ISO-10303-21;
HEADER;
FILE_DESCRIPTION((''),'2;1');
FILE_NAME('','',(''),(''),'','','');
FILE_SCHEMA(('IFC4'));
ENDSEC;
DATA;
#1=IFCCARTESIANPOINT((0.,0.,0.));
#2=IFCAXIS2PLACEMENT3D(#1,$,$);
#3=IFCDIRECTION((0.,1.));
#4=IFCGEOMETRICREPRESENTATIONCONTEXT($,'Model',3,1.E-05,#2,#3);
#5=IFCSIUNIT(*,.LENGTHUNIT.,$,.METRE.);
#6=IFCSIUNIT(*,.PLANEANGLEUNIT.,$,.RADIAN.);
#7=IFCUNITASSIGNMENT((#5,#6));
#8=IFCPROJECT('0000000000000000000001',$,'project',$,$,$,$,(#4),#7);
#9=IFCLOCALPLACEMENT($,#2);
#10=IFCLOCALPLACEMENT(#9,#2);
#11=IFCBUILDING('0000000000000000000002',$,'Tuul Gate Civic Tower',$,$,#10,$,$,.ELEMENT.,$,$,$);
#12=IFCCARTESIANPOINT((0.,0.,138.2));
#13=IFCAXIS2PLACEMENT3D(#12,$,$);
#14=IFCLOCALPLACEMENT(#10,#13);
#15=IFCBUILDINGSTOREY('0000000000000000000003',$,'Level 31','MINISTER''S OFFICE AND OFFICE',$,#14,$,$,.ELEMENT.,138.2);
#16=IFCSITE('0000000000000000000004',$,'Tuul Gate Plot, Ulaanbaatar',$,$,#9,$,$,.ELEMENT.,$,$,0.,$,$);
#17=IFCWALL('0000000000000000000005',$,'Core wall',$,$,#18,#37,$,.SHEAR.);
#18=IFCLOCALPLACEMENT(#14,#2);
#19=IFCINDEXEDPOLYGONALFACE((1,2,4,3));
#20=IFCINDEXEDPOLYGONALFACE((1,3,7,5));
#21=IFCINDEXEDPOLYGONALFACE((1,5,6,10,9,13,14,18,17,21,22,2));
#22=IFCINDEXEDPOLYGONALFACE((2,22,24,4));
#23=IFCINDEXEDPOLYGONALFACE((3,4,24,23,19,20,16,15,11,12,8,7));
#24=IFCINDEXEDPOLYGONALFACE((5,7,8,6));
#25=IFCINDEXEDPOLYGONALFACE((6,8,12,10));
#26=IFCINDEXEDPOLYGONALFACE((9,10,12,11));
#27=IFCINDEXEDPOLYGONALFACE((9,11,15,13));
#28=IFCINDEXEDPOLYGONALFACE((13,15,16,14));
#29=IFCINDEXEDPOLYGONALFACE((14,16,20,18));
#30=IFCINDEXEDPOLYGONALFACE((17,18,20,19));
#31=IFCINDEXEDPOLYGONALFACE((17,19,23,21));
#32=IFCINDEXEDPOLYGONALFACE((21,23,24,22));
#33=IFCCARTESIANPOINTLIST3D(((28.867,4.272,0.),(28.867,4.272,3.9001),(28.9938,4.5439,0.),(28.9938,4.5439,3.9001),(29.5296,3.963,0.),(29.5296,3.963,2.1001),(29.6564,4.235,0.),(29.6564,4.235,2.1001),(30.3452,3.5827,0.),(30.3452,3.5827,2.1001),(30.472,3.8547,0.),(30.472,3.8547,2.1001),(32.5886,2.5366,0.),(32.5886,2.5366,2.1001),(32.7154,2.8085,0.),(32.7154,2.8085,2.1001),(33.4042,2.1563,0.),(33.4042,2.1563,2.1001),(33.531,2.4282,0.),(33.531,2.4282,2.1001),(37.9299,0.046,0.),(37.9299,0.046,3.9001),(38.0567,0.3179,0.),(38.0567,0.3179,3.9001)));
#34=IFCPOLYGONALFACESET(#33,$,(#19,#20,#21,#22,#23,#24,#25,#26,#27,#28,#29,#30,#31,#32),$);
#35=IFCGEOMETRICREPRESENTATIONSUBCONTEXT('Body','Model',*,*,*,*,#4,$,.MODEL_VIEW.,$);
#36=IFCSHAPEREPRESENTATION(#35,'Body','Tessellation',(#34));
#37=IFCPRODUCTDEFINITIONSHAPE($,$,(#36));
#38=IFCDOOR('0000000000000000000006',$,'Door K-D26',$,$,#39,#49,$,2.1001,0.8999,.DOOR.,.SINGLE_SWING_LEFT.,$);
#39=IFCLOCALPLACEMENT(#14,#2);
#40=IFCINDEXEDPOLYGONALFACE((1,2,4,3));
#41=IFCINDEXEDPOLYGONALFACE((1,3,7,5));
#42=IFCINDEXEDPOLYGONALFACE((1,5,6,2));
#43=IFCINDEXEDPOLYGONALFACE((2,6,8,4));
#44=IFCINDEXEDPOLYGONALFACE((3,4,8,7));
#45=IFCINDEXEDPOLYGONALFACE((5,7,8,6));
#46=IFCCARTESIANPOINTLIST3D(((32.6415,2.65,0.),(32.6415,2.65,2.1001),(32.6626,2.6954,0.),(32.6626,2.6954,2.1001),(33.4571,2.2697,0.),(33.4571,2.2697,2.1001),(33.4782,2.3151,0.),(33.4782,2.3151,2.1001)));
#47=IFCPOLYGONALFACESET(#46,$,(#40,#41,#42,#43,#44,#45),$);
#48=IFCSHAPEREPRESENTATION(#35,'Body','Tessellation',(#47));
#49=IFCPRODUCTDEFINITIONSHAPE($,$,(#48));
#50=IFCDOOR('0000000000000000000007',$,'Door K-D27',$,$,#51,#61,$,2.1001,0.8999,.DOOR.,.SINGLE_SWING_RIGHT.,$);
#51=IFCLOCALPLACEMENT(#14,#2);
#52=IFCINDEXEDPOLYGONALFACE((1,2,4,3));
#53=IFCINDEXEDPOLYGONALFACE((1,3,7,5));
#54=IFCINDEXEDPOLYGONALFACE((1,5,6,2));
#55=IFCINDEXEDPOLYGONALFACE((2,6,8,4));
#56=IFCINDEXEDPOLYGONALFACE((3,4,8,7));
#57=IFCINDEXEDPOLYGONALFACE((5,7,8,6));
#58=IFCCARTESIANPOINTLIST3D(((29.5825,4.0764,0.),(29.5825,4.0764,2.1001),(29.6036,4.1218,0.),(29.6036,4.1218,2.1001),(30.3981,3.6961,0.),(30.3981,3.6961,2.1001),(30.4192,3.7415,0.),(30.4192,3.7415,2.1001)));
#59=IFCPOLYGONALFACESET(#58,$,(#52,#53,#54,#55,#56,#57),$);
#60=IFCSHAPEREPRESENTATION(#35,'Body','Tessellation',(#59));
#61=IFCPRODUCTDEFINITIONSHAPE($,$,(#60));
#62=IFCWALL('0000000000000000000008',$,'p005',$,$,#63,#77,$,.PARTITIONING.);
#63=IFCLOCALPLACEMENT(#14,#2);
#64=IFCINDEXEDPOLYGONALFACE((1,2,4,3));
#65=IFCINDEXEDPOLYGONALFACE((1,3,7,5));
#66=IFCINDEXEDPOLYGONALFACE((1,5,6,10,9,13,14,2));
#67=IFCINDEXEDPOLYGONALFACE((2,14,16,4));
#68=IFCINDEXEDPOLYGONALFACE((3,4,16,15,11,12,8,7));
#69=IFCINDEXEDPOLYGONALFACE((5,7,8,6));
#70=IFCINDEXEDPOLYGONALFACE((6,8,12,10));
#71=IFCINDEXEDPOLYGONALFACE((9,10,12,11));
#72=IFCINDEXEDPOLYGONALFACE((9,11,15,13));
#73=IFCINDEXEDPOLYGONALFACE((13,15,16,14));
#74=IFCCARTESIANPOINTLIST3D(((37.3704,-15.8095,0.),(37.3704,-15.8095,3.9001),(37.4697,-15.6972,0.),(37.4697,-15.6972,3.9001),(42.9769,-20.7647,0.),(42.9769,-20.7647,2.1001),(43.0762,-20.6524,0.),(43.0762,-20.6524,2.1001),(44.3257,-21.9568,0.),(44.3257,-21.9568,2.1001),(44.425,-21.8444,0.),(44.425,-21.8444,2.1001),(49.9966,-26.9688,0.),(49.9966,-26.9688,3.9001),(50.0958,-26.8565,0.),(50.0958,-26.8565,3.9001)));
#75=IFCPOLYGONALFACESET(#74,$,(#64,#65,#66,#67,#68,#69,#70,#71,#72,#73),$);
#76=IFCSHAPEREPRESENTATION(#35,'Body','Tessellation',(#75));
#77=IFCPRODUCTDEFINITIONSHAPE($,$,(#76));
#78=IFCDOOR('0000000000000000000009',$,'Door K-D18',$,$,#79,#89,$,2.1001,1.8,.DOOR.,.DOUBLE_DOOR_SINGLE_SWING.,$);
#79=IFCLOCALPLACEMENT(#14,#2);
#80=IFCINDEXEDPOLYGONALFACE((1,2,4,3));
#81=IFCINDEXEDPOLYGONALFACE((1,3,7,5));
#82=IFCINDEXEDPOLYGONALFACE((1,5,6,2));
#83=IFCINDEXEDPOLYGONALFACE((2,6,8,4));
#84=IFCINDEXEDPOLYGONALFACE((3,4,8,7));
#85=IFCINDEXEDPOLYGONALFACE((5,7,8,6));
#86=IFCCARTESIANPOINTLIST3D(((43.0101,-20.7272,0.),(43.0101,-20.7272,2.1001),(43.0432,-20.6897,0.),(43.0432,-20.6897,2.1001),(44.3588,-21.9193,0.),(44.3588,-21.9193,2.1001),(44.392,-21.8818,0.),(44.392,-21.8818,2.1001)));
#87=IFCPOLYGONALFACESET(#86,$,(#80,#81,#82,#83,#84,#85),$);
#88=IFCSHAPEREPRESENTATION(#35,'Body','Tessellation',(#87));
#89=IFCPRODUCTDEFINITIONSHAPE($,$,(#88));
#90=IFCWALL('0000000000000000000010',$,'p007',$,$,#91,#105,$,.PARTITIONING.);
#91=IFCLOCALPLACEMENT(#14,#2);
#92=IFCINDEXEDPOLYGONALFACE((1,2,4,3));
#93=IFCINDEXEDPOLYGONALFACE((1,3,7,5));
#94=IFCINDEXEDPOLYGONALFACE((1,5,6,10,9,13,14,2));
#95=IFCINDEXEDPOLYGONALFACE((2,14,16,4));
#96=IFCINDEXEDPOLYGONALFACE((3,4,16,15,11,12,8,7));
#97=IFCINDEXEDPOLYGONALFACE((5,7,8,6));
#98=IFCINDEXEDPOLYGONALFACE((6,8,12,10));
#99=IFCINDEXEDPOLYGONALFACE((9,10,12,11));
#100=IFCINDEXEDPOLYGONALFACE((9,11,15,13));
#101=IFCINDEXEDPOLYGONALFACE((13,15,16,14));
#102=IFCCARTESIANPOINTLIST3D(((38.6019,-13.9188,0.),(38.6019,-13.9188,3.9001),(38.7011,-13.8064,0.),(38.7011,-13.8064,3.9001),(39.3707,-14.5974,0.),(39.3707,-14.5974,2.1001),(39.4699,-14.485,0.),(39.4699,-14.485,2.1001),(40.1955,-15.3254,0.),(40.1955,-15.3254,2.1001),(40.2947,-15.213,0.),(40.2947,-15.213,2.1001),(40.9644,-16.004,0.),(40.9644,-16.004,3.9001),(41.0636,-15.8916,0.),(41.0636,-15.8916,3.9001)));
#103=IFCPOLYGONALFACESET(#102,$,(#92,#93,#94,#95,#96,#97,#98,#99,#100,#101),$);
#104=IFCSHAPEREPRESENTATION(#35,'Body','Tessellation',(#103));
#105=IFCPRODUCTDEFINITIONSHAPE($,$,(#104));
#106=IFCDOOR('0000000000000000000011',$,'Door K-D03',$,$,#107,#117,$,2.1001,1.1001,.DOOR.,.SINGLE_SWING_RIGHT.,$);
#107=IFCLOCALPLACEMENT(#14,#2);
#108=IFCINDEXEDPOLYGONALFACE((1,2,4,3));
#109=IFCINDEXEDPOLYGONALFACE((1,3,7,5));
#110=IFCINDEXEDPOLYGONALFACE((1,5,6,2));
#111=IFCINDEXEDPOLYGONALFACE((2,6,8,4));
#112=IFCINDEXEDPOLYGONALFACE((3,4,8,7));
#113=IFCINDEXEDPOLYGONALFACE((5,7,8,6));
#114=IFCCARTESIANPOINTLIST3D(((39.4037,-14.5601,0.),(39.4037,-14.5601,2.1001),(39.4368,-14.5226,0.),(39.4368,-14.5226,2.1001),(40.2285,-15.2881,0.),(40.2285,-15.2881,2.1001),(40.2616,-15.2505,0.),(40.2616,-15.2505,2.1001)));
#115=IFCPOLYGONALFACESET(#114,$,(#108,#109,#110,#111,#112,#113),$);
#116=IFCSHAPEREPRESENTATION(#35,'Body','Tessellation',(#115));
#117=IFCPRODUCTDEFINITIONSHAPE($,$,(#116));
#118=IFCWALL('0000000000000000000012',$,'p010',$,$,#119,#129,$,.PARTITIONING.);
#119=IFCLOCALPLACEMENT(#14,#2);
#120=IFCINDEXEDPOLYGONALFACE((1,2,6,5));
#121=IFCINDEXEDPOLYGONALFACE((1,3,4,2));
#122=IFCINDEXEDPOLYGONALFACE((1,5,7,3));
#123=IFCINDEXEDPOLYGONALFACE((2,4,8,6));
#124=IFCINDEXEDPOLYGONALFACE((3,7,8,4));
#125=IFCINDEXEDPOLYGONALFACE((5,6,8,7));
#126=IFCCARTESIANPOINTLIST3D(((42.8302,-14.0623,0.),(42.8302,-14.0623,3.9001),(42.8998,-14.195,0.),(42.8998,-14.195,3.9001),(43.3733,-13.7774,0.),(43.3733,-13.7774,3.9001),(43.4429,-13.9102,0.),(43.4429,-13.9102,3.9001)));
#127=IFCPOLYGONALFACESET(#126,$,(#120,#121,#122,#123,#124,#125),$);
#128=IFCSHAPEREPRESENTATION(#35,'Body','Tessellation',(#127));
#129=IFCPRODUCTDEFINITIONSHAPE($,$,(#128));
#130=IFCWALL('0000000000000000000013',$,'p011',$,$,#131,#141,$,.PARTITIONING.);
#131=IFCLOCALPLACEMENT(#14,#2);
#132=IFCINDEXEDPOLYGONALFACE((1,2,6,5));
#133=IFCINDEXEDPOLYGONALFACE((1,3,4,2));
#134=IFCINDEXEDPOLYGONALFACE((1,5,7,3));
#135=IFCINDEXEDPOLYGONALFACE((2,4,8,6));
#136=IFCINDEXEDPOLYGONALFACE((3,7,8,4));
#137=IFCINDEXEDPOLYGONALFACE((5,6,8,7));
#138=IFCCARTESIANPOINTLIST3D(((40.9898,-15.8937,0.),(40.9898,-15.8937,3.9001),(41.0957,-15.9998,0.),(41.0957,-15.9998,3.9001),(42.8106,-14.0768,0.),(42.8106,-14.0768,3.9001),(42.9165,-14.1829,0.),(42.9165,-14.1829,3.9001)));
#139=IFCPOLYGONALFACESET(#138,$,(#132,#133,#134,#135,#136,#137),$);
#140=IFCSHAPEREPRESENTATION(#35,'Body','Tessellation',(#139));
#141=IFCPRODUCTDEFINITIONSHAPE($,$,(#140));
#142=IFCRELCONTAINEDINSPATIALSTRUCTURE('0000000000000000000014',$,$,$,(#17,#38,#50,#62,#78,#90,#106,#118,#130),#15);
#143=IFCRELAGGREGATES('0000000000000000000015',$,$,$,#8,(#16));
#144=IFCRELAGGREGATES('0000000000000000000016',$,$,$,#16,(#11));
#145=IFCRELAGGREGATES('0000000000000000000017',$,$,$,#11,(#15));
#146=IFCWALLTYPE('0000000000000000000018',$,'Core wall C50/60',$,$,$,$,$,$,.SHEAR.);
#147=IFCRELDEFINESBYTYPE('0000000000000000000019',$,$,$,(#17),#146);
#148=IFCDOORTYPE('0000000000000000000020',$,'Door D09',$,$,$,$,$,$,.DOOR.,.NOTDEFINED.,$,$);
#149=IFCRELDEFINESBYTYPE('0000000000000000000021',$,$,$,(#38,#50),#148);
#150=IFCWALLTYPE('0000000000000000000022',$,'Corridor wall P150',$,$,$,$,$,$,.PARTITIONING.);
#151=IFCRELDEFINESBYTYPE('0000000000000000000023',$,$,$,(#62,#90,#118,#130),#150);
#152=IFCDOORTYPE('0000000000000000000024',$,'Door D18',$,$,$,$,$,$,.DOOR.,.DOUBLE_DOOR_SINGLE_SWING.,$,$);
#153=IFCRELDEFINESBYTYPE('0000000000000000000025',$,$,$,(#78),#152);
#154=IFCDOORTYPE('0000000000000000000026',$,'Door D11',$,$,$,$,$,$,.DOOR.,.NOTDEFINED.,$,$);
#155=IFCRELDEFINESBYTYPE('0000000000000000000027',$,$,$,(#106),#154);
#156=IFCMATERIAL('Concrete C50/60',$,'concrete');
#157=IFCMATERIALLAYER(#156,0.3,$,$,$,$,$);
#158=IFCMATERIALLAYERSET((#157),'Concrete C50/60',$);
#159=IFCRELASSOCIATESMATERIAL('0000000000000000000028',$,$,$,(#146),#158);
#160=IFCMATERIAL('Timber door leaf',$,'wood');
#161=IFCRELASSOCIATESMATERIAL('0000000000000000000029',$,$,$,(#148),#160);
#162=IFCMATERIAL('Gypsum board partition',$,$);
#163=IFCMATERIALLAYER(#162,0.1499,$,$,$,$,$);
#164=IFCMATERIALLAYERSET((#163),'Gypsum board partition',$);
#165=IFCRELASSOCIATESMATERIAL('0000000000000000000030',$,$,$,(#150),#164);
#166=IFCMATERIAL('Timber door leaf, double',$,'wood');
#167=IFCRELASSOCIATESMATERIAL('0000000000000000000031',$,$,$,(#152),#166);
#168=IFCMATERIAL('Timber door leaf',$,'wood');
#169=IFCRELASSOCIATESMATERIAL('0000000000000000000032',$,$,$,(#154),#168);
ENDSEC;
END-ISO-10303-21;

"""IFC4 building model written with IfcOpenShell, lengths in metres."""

from ifc_helpers import new_model, si_unit, direction, frame, frame_2d, origin, place, context, subcontext, project, spatial, rectangle, extrude, material, layer, layer_set, type_object, element, fill, save


model = new_model("IFC4")

# Units and contexts
model_context = context("Model", 3, precision=1e-05, world=origin(), true_north=direction((0.0, 1.0)))
body_context = subcontext(model_context, "Body", "Model", "MODEL_VIEW")
ifc_project = project(units=[si_unit("LENGTHUNIT", "METRE"), si_unit("PLANEANGLEUNIT", "RADIAN")], contexts=[model_context])

# Site, building, storey
site_placement = place(None, origin())
site = spatial("IfcSite", under=ifc_project, at=site_placement, Name="Tuul Gate Plot, Ulaanbaatar", CompositionType="ELEMENT", RefElevation=0.0)
building_placement = place(site_placement, origin())
building = spatial("IfcBuilding", under=site, at=building_placement, Name="Tuul Gate Civic Tower", CompositionType="ELEMENT")
storey_placement = place(building_placement, frame((0.0, 0.0, 138.2)))
storey = spatial("IfcBuildingStorey", under=building, at=storey_placement, Name="Level 31", Description="MINISTER'S OFFICE AND OFFICE", CompositionType="ELEMENT", Elevation=138.2)

# Shared definitions
ifc_material_1 = material(Name="Concrete C50/60", Category="concrete")
ifc_layer_1 = layer(ifc_material_1, 0.3)
ifc_layer_set_1 = layer_set([ifc_layer_1], Name="Concrete C50/60")
wall_type_1 = type_object("IfcWallType", Name="Core wall C50/60", PredefinedType="SHEAR", material=ifc_layer_set_1)

# Wall, openings, doors
wall_1_placement = place(storey_placement, frame((37.9934, 0.1819, 0.0), z_axis=(0.0, 0.0, 1.0), x_axis=(-0.90631, 0.422613, 0.0)))
wall_1 = element("IfcWall", 1, at=wall_1_placement, inside=storey, type_object=wall_type_1, Name="Core wall", PredefinedType="SHEAR", context=body_context, shape_type="SweptSolid", body=[
    extrude(rectangle(XDim=9.9998, YDim=0.3, at=frame_2d((5.0, 0.0))), origin(), (0.0, 0.0, 1.0), 3.9001),
])
opening_1_placement = place(wall_1_placement, frame((4.9937, 0.0, 0.0)))
opening_1 = element("IfcOpeningElement", 2, at=opening_1_placement, cuts=wall_1, PredefinedType="OPENING", context=body_context, shape_type="SweptSolid", body=[
    extrude(rectangle(XDim=0.8999, YDim=2.1001, at=frame_2d((0.45, 1.05))), frame((0.0, 0.1602, 0.0), z_axis=(0.0, -1.0, 0.0), x_axis=(1.0, 0.0, 0.0)), (0.0, 0.0, 1.0), 0.3201),
])
opening_2_placement = place(wall_1_placement, frame((8.3689, 0.0, 0.0)))
opening_2 = element("IfcOpeningElement", 3, at=opening_2_placement, cuts=wall_1, PredefinedType="OPENING", context=body_context, shape_type="SweptSolid", body=[
    extrude(rectangle(XDim=0.8999, YDim=2.1001, at=frame_2d((0.45, 1.05))), frame((0.0, 0.1602, 0.0), z_axis=(0.0, -1.0, 0.0), x_axis=(1.0, 0.0, 0.0)), (0.0, 0.0, 1.0), 0.3201),
])
ifc_material_2 = material(Name="Timber door leaf", Category="wood")
door_type_1 = type_object("IfcDoorType", Name="Door D09", OperationType="NOTDEFINED", PredefinedType="DOOR", material=ifc_material_2)
door_1_placement = place(opening_1_placement, origin())
door_1 = element("IfcDoor", 4, at=door_1_placement, inside=storey, type_object=door_type_1, Name="Door K-D26", OperationType="SINGLE_SWING_LEFT", OverallHeight=2.1001, OverallWidth=0.8999, PredefinedType="DOOR", context=body_context, shape_type="SweptSolid", body=[
    extrude(rectangle(XDim=0.8999, YDim=2.1001, at=frame_2d((0.45, 1.05))), frame((0.0, 0.0249, 0.0), z_axis=(0.0, -1.0, 0.0), x_axis=(1.0, 0.0, 0.0)), (0.0, 0.0, 1.0), 0.05),
])
fill(opening_1, door_1)
door_2_placement = place(opening_2_placement, origin())
door_2 = element("IfcDoor", 5, at=door_2_placement, inside=storey, type_object=door_type_1, Name="Door K-D27", OperationType="SINGLE_SWING_RIGHT", OverallHeight=2.1001, OverallWidth=0.8999, PredefinedType="DOOR", context=body_context, shape_type="SweptSolid", body=[
    extrude(rectangle(XDim=0.8999, YDim=2.1001, at=frame_2d((0.45, 1.05))), frame((0.0, 0.0249, 0.0), z_axis=(0.0, -1.0, 0.0), x_axis=(1.0, 0.0, 0.0)), (0.0, 0.0, 1.0), 0.05),
])
fill(opening_2, door_2)

# Walls, openings, doors
ifc_material_3 = material(Name="Gypsum board partition")
ifc_layer_2 = layer(ifc_material_3, 0.1499)
ifc_layer_set_2 = layer_set([ifc_layer_2], Name="Gypsum board partition")
wall_type_2 = type_object("IfcWallType", Name="Corridor wall P150", PredefinedType="PARTITIONING", material=ifc_layer_set_2)
wall_2_placement = place(storey_placement, frame((37.4202, -15.7534, 0.0), z_axis=(0.0, 0.0, 1.0), x_axis=(0.749289, -0.662243, 0.0)))
wall_2 = element("IfcWall", 6, at=wall_2_placement, inside=storey, type_object=wall_type_2, Name="p005", PredefinedType="PARTITIONING", context=body_context, shape_type="SweptSolid", body=[
    extrude(rectangle(XDim=16.8508, YDim=0.1499, at=frame_2d((8.4253, 0.0))), origin(), (0.0, 0.0, 1.0), 3.9001),
])
opening_3_placement = place(wall_2_placement, frame((7.4824, 0.0, 0.0)))
opening_3 = element("IfcOpeningElement", 7, at=opening_3_placement, cuts=wall_2, PredefinedType="OPENING", context=body_context, shape_type="SweptSolid", body=[
    extrude(rectangle(XDim=1.8, YDim=2.1001, at=frame_2d((0.8999, 1.05))), frame((0.0, 0.085, 0.0), z_axis=(0.0, -1.0, 0.0), x_axis=(1.0, 0.0, 0.0)), (0.0, 0.0, 1.0), 0.1699),
])
ifc_material_4 = material(Name="Timber door leaf, double", Category="wood")
door_type_2 = type_object("IfcDoorType", Name="Door D18", OperationType="DOUBLE_DOOR_SINGLE_SWING", PredefinedType="DOOR", material=ifc_material_4)
door_3_placement = place(opening_3_placement, frame((1.8, 0.0, 0.0), z_axis=(0.0, 0.0, 1.0), x_axis=(-1.0, 0.0, 0.0)))
door_3 = element("IfcDoor", 8, at=door_3_placement, inside=storey, type_object=door_type_2, Name="Door K-D18", OperationType="DOUBLE_DOOR_SINGLE_SWING", OverallHeight=2.1001, OverallWidth=1.8, PredefinedType="DOOR", context=body_context, shape_type="SweptSolid", body=[
    extrude(rectangle(XDim=1.8, YDim=2.1001, at=frame_2d((0.9001, 1.05))), frame((0.0, 0.0249, 0.0), z_axis=(0.0, -1.0, 0.0), x_axis=(1.0, 0.0, 0.0)), (0.0, 0.0, 1.0), 0.05),
])
fill(opening_3, door_3)
wall_3_placement = place(storey_placement, frame((38.6514, -13.8625, 0.0), z_axis=(0.0, 0.0, 1.0), x_axis=(0.749743, -0.661729, 0.0)))
wall_3 = element("IfcWall", 9, at=wall_3_placement, inside=storey, type_object=wall_type_2, Name="p007", PredefinedType="PARTITIONING", context=body_context, shape_type="SweptSolid", body=[
    extrude(rectangle(XDim=3.1511, YDim=0.1499, at=frame_2d((1.5757, 0.0))), origin(), (0.0, 0.0, 1.0), 3.9001),
])
opening_4_placement = place(wall_3_placement, frame((1.0256, 0.0, 0.0)))
opening_4 = element("IfcOpeningElement", 10, at=opening_4_placement, cuts=wall_3, PredefinedType="OPENING", context=body_context, shape_type="SweptSolid", body=[
    extrude(rectangle(XDim=1.1001, YDim=2.1001, at=frame_2d((0.55, 1.05))), frame((0.0, 0.085, 0.0), z_axis=(0.0, -1.0, 0.0), x_axis=(1.0, 0.0, 0.0)), (0.0, 0.0, 1.0), 0.1699),
])
ifc_material_5 = material(Name="Timber door leaf", Category="wood")
door_type_3 = type_object("IfcDoorType", Name="Door D11", OperationType="NOTDEFINED", PredefinedType="DOOR", material=ifc_material_5)
door_4_placement = place(opening_4_placement, origin())
door_4 = element("IfcDoor", 11, at=door_4_placement, inside=storey, type_object=door_type_3, Name="Door K-D03", OperationType="SINGLE_SWING_RIGHT", OverallHeight=2.1001, OverallWidth=1.1001, PredefinedType="DOOR", context=body_context, shape_type="SweptSolid", body=[
    extrude(rectangle(XDim=1.1001, YDim=2.1001, at=frame_2d((0.55, 1.05))), frame((0.0, 0.0249, 0.0), z_axis=(0.0, -1.0, 0.0), x_axis=(1.0, 0.0, 0.0)), (0.0, 0.0, 1.0), 0.05),
])
fill(opening_4, door_4)

# Walls
wall_4_placement = place(storey_placement, frame((42.865, -14.1287, 0.0), z_axis=(0.0, 0.0, 1.0), x_axis=(0.885582, 0.464483, 0.0)))
element("IfcWall", 12, at=wall_4_placement, inside=storey, type_object=wall_type_2, Name="p010", PredefinedType="PARTITIONING", context=body_context, shape_type="SweptSolid", body=[
    extrude(rectangle(XDim=0.6133, YDim=0.1499, at=frame_2d((0.3066, 0.0))), origin(), (0.0, 0.0, 1.0), 3.9001),
])
wall_5_placement = place(storey_placement, frame((41.0427, -15.9468, 0.0), z_axis=(0.0, 0.0, 1.0), x_axis=(0.707866, 0.706347, 0.0)))
element("IfcWall", 13, at=wall_5_placement, inside=storey, type_object=wall_type_2, Name="p011", PredefinedType="PARTITIONING", context=body_context, shape_type="SweptSolid", body=[
    extrude(rectangle(XDim=2.5723, YDim=0.1499, at=frame_2d((1.2861, 0.0))), origin(), (0.0, 0.0, 1.0), 3.9001),
])

save(model, "model.ifc")
